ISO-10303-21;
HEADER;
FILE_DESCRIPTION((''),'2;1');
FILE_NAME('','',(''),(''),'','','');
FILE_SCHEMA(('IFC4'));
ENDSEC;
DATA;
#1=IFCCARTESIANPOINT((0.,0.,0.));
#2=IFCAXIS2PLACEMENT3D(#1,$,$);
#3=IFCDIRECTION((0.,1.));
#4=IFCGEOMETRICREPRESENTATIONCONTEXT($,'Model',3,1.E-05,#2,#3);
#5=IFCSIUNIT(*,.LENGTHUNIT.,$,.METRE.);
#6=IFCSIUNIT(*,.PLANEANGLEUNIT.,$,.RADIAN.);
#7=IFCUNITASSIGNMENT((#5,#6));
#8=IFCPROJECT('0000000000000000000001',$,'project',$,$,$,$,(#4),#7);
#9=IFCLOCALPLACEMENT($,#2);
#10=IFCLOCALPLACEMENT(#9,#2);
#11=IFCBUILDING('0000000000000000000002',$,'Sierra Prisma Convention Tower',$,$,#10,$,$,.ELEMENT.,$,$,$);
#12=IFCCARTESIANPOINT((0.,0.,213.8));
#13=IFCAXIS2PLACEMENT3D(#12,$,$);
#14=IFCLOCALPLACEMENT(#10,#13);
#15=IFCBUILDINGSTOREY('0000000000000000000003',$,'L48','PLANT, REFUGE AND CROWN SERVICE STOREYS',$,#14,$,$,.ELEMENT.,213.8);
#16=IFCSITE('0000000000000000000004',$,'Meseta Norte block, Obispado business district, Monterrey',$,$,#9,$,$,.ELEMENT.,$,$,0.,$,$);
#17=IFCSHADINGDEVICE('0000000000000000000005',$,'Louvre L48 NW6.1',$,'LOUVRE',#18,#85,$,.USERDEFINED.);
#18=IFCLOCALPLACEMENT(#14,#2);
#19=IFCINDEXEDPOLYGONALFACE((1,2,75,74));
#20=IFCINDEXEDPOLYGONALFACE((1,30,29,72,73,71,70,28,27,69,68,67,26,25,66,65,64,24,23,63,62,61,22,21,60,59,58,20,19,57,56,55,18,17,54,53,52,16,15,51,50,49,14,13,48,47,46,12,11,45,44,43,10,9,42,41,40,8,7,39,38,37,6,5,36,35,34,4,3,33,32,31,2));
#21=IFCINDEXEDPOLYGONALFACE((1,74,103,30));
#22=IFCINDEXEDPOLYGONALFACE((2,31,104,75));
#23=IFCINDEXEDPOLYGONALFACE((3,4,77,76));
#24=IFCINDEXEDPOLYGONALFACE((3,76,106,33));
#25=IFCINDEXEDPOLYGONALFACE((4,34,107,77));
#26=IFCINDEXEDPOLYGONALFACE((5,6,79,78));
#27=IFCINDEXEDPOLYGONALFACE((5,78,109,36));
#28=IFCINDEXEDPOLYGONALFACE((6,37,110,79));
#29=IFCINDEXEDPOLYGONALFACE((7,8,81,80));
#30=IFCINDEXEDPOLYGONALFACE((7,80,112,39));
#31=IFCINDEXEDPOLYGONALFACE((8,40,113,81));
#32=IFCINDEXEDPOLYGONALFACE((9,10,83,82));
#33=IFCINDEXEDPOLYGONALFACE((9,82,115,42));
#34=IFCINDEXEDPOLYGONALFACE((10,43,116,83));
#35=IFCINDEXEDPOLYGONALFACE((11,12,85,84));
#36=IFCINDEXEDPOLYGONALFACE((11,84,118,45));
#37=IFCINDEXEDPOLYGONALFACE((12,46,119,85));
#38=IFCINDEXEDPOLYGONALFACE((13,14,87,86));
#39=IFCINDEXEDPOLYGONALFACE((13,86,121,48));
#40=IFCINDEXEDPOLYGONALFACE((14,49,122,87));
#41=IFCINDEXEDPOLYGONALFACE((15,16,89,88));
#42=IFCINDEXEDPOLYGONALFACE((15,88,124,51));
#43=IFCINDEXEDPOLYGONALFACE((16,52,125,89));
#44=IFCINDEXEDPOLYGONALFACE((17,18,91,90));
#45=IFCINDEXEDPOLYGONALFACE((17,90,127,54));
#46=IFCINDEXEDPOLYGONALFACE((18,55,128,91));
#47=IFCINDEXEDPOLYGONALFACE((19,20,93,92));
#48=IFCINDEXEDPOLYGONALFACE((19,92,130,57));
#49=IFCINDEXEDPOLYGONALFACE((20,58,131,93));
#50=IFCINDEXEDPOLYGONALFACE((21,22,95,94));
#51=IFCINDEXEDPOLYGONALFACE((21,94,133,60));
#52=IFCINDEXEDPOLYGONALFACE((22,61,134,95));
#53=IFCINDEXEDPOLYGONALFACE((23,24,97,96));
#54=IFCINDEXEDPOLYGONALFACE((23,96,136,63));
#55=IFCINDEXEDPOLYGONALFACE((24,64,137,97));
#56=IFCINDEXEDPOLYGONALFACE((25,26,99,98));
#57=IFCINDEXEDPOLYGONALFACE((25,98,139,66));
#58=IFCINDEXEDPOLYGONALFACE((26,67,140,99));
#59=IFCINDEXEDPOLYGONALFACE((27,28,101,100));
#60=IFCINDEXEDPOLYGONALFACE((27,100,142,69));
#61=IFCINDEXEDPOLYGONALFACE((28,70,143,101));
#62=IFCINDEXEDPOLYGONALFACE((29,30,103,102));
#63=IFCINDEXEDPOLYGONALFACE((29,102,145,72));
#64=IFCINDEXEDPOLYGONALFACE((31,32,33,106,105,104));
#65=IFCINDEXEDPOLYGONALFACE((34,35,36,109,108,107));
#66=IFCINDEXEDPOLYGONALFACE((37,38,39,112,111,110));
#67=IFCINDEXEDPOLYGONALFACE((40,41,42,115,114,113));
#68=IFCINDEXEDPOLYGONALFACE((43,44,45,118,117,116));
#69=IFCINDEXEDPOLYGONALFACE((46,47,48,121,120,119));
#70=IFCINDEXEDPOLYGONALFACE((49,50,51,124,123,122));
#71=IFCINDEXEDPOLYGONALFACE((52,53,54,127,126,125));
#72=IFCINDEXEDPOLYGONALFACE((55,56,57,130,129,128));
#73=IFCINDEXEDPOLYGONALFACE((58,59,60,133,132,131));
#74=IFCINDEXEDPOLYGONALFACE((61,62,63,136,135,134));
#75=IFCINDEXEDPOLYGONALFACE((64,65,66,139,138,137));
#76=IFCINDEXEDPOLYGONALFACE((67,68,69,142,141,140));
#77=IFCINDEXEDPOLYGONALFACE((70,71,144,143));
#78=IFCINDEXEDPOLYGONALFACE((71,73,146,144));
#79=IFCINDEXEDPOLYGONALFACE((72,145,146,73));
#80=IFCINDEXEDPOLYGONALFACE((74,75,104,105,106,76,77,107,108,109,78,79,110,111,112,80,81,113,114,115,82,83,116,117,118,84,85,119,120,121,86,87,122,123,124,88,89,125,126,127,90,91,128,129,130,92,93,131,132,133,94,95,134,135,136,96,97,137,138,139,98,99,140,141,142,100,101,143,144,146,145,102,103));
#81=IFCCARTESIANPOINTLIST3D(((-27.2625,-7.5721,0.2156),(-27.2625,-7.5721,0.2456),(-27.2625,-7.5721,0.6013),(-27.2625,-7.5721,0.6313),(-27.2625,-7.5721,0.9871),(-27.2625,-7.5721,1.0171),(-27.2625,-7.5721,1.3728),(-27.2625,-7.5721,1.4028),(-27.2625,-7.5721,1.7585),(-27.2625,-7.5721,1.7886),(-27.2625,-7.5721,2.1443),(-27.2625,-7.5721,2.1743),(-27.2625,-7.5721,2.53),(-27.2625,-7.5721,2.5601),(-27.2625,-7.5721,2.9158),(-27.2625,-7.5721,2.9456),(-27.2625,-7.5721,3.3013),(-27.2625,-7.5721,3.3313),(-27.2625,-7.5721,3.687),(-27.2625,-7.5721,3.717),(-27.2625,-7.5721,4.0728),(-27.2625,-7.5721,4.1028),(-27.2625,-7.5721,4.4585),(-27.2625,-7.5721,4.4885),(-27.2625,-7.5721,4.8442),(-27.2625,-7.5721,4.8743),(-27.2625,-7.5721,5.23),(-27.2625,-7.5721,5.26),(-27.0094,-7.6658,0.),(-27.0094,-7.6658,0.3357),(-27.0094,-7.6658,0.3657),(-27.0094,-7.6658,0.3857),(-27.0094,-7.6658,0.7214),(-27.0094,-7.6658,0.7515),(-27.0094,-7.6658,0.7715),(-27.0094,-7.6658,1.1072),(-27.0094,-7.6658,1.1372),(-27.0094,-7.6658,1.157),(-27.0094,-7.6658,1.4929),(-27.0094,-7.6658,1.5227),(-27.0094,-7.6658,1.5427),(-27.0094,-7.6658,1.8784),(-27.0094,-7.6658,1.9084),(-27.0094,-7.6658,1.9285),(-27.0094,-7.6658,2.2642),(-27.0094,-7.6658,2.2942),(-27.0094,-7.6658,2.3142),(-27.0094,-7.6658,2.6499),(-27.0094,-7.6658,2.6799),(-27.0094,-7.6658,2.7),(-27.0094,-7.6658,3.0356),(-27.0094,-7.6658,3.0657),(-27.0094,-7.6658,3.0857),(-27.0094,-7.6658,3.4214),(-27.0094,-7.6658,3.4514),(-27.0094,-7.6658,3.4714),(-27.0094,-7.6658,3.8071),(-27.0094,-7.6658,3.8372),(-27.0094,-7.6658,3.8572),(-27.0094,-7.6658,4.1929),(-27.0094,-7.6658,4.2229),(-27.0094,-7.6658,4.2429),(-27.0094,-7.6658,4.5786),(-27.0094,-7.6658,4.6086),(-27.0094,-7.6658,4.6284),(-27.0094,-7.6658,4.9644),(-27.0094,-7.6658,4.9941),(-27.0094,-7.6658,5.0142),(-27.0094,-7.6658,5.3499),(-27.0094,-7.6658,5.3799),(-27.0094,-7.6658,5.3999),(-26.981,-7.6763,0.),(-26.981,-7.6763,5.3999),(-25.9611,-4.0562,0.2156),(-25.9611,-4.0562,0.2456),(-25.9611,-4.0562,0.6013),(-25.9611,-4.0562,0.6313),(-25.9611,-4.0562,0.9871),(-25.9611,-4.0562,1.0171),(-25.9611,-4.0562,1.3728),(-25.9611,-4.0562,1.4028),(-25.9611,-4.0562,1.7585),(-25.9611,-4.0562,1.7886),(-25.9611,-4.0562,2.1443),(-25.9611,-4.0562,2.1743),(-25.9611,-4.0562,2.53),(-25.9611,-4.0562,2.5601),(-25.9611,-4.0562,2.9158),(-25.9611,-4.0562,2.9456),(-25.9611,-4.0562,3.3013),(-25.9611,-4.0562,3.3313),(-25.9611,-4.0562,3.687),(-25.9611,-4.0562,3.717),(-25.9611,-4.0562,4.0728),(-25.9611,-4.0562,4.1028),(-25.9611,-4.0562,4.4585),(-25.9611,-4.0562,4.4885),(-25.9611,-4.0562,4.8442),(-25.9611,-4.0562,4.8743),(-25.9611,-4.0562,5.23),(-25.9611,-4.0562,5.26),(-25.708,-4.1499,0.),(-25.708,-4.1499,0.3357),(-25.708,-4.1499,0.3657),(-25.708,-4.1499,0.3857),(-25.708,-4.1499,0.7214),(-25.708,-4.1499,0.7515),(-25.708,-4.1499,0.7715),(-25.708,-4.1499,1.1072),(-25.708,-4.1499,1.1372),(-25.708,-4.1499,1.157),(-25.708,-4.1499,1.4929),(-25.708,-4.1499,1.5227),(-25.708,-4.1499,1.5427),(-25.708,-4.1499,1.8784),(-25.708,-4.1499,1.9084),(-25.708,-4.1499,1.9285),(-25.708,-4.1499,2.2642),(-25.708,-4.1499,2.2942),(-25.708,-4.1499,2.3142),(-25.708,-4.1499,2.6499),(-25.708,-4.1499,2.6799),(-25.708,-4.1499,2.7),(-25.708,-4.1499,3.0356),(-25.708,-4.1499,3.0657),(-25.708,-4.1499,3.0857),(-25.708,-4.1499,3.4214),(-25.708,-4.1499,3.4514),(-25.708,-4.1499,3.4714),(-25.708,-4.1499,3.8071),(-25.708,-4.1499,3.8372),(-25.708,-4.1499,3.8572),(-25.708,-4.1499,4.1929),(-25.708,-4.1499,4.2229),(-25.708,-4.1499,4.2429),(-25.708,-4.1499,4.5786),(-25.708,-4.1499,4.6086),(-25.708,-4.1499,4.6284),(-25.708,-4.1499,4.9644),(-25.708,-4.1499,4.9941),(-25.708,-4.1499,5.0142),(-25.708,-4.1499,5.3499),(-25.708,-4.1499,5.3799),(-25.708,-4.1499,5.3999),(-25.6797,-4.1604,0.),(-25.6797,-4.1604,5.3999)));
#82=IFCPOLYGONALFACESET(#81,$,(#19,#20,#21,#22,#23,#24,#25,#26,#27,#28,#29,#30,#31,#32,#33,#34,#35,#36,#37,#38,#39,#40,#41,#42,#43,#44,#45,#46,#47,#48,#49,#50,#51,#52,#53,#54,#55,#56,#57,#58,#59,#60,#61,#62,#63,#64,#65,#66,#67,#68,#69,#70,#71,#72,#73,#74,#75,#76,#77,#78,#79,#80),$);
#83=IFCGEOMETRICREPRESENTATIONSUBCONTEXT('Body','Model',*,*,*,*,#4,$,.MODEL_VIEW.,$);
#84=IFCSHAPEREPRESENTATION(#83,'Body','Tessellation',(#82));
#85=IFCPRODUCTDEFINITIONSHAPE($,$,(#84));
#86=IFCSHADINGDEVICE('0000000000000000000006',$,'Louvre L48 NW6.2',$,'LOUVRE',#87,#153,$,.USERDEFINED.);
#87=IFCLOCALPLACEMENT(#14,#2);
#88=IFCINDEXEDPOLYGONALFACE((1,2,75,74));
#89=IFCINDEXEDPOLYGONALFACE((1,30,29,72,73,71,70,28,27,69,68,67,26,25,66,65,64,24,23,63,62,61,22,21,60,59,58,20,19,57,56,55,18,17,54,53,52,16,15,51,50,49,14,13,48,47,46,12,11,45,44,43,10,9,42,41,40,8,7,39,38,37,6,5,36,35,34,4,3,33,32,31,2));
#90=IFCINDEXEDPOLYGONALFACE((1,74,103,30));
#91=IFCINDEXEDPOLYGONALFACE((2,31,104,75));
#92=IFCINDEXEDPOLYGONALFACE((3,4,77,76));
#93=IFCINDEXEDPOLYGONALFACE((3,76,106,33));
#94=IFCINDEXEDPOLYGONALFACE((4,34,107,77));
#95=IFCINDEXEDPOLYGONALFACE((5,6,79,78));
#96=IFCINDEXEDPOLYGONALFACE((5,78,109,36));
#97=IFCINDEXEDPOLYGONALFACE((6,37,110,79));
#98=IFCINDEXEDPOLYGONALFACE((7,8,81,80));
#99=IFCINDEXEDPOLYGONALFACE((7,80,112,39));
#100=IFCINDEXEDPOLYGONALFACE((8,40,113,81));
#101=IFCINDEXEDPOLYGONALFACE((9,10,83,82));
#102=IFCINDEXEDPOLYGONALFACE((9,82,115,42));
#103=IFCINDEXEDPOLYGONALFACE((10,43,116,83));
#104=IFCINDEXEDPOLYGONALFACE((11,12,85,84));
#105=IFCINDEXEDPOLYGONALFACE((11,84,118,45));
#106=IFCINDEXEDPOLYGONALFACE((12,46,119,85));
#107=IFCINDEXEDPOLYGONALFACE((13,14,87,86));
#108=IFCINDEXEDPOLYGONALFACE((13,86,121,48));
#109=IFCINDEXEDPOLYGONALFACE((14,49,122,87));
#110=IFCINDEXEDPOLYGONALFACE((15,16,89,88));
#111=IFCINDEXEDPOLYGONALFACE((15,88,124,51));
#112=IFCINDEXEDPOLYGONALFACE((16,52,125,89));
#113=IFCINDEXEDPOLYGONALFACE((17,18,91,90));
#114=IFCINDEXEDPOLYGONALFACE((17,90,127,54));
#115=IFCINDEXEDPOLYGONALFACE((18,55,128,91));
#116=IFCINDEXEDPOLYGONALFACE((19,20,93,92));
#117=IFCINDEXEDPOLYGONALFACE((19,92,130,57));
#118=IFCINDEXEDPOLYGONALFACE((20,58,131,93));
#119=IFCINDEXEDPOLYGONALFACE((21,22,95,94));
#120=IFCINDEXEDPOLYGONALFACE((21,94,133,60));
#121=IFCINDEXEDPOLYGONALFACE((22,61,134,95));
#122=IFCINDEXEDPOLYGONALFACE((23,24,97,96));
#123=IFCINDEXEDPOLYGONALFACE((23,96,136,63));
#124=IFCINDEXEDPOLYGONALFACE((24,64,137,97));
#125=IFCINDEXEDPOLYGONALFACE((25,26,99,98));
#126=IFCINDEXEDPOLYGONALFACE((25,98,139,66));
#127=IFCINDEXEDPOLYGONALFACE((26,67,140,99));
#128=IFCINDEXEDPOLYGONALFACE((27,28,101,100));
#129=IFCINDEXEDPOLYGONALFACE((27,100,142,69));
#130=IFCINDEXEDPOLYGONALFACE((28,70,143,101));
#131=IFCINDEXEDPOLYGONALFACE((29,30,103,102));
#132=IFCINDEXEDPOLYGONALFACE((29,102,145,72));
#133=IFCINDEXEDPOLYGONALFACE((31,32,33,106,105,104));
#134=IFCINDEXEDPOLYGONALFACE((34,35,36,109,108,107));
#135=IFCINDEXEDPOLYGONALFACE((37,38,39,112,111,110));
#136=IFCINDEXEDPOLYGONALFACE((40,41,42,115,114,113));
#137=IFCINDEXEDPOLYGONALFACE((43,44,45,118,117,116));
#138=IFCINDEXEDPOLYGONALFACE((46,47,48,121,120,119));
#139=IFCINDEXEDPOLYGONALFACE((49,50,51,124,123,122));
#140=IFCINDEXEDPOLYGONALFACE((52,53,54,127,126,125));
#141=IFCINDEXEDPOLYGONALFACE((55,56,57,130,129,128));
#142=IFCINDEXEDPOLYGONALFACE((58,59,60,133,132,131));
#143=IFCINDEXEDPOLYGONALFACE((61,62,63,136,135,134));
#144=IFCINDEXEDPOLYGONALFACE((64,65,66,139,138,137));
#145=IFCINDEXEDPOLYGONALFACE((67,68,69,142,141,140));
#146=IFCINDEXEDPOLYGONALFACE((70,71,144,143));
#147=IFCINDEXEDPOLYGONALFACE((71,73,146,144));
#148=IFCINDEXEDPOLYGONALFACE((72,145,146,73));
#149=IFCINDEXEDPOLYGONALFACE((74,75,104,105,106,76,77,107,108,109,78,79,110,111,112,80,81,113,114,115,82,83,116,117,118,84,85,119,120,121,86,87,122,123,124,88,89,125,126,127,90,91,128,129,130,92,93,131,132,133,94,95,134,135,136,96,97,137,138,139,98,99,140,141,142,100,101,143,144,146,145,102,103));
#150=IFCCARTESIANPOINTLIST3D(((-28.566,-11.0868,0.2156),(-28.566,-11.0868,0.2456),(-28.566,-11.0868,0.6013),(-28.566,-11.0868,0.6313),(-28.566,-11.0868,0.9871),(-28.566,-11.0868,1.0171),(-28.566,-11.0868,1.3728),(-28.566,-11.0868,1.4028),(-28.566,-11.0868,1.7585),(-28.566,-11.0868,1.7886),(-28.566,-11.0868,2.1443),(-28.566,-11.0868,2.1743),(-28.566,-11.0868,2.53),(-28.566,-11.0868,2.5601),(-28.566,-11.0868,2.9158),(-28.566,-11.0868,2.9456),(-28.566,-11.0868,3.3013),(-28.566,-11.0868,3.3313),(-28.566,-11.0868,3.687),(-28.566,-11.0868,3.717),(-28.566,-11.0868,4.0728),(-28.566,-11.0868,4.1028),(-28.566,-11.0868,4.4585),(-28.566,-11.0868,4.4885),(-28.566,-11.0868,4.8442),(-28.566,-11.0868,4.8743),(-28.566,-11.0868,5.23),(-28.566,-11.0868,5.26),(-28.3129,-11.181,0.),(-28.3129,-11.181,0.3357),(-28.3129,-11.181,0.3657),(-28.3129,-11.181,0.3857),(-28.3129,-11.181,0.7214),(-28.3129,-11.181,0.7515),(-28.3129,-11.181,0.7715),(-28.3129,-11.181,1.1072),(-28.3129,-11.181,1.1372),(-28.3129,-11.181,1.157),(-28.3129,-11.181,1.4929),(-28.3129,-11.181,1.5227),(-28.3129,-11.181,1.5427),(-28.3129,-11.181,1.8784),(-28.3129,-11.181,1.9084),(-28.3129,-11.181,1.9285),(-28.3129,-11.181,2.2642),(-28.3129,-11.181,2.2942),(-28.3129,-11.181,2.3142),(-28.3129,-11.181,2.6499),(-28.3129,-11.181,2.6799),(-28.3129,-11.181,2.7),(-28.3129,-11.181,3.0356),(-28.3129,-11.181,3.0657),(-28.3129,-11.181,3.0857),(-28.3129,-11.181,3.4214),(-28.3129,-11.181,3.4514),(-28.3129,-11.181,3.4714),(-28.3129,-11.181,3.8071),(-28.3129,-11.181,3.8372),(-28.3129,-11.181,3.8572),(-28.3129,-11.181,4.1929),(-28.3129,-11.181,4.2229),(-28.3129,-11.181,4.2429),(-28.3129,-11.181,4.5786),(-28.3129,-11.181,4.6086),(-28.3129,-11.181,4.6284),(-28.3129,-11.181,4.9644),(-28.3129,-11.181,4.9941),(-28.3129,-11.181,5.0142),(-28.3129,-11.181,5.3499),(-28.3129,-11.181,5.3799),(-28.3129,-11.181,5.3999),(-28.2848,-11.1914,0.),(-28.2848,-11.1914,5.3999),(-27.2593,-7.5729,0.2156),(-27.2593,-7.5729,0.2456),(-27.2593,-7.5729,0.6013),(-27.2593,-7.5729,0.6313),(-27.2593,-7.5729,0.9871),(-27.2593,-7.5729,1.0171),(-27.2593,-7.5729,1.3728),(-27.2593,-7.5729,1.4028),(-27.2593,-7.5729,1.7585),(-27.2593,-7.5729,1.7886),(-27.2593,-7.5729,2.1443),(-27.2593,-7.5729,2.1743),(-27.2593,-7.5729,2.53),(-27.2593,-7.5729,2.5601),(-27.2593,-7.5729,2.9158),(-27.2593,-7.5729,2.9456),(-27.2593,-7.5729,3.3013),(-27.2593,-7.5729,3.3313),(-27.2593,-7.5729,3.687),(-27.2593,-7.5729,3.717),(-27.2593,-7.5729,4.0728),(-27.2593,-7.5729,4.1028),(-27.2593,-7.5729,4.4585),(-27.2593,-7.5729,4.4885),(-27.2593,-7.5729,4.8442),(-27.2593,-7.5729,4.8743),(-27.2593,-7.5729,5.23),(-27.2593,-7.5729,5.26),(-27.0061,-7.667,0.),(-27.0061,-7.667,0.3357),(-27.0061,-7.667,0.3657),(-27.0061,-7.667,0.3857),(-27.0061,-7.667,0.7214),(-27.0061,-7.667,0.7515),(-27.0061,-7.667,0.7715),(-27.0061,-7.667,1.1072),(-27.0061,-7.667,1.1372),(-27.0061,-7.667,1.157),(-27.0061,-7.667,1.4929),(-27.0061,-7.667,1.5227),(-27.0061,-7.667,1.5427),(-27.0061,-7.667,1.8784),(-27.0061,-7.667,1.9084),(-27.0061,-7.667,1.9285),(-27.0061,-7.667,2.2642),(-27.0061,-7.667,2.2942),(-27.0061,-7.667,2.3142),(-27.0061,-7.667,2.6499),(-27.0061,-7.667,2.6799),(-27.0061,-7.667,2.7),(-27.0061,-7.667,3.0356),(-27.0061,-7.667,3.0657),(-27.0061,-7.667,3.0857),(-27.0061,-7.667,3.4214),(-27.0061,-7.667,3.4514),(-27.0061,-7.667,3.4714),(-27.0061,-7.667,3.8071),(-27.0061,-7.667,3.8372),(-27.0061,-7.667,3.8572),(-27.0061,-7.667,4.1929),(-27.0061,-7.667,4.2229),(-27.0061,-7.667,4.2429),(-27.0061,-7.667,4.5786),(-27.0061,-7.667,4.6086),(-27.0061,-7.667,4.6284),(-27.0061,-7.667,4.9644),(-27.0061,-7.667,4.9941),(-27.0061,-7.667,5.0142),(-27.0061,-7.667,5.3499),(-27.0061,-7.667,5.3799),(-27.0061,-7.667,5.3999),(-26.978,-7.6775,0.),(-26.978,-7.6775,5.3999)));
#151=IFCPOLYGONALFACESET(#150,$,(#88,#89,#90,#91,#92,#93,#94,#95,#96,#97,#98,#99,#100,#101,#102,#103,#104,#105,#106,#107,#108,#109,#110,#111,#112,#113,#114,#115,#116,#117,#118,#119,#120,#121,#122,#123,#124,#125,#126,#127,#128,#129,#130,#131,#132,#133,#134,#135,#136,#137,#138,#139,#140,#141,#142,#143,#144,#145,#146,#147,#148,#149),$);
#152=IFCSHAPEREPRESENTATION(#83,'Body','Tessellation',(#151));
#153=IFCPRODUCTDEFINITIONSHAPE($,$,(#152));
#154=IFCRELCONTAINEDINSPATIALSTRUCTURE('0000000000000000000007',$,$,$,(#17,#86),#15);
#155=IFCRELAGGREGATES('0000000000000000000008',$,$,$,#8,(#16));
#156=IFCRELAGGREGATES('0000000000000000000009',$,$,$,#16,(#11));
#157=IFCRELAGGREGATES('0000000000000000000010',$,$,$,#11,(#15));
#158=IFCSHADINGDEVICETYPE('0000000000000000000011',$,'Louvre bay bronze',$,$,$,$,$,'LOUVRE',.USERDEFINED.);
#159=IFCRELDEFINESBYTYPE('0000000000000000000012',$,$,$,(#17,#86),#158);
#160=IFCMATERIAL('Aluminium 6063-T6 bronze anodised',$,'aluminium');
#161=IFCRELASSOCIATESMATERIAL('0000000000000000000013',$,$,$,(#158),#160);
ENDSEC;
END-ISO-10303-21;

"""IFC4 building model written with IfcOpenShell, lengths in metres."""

from ifc_helpers import new_model, si_unit, direction, frame, origin, place, context, subcontext, project, spatial, polyline, outline, extrude, material, type_object, element, save


model = new_model("IFC4")

# Units and contexts
model_context = context("Model", 3, precision=1e-05, world=origin(), true_north=direction((0.0, 1.0)))
body_context = subcontext(model_context, "Body", "Model", "MODEL_VIEW")
ifc_project = project(units=[si_unit("LENGTHUNIT", "METRE"), si_unit("PLANEANGLEUNIT", "RADIAN")], contexts=[model_context])

# Site, building, storey
site_placement = place(None, origin())
site = spatial("IfcSite", under=ifc_project, at=site_placement, Name="Meseta Norte block, Obispado business district, Monterrey", CompositionType="ELEMENT", RefElevation=0.0)
building_placement = place(site_placement, origin())
building = spatial("IfcBuilding", under=site, at=building_placement, Name="Sierra Prisma Convention Tower", CompositionType="ELEMENT")
storey_placement = place(building_placement, frame((0.0, 0.0, 213.8)))
storey = spatial("IfcBuildingStorey", under=building, at=storey_placement, Name="L48", Description="PLANT, REFUGE AND CROWN SERVICE STOREYS", CompositionType="ELEMENT", Elevation=213.8)

# Shading devices
ifc_material_1 = material(Name="Aluminium 6063-T6 bronze anodised", Category="aluminium")
shading_device_type = type_object("IfcShadingDeviceType", Name="Louvre bay bronze", ElementType="LOUVRE", PredefinedType="USERDEFINED", material=ifc_material_1)
shading_device_1_placement = place(storey_placement, frame((-25.6797, -4.1604, 0.0), z_axis=(0.347119, 0.937821, 0.0), x_axis=(0.0, 0.0, 1.0)))
element("IfcShadingDevice", 1, at=shading_device_1_placement, inside=storey, type_object=shading_device_type, Name="Louvre L48 NW6.1", ObjectType="LOUVRE", PredefinedType="USERDEFINED", context=body_context, shape_type="SweptSolid", body=[
    extrude(outline(polyline([(0.0, 0.0), (5.3999, 0.0), (5.3999, -0.0302), (5.3799, -0.0302), (5.26, -0.3001), (5.23, -0.3001), (5.3499, -0.0302), (5.0142, -0.0302), (4.9941, -0.0302), (4.8743, -0.3001), (4.8442, -0.3001), (4.9644, -0.0302), (4.6284, -0.0302), (4.6086, -0.0302), (4.4885, -0.3001), (4.4585, -0.3001), (4.5786, -0.0302), (4.2429, -0.0302), (4.2229, -0.0302), (4.1028, -0.3001), (4.0728, -0.3001), (4.1929, -0.0302), (3.8572, -0.0302), (3.8372, -0.0302), (3.717, -0.3001), (3.687, -0.3001), (3.8071, -0.0302), (3.4714, -0.0302), (3.4514, -0.0302), (3.3313, -0.3001), (3.3013, -0.3001), (3.4214, -0.0302), (3.0857, -0.0302), (3.0657, -0.0302), (2.9456, -0.3001), (2.9158, -0.3001), (3.0356, -0.0302), (2.7, -0.0302), (2.6799, -0.0302), (2.5601, -0.3001), (2.53, -0.3001), (2.6499, -0.0302), (2.3142, -0.0302), (2.2942, -0.0302), (2.1743, -0.3001), (2.1443, -0.3001), (2.2642, -0.0302), (1.9285, -0.0302), (1.9084, -0.0302), (1.7886, -0.3001), (1.7585, -0.3001), (1.8784, -0.0302), (1.5427, -0.0302), (1.5227, -0.0302), (1.4028, -0.3001), (1.3728, -0.3001), (1.4929, -0.0302), (1.157, -0.0302), (1.1372, -0.0302), (1.0171, -0.3001), (0.9871, -0.3001), (1.1072, -0.0302), (0.7715, -0.0302), (0.7515, -0.0302), (0.6313, -0.3001), (0.6013, -0.3001), (0.7214, -0.0302), (0.3857, -0.0302), (0.3657, -0.0302), (0.2456, -0.3001), (0.2156, -0.3001), (0.3357, -0.0302), (0.0, -0.0302), (0.0, 0.0)])), origin(), (0.0, 0.0, -1.0), 3.749),
])
shading_device_2_placement = place(storey_placement, frame((-26.978, -7.6775, 0.0), z_axis=(0.348556, 0.937288, 0.0), x_axis=(0.0, 0.0, 1.0)))
element("IfcShadingDevice", 2, at=shading_device_2_placement, inside=storey, type_object=shading_device_type, Name="Louvre L48 NW6.2", ObjectType="LOUVRE", PredefinedType="USERDEFINED", context=body_context, shape_type="SweptSolid", body=[
    extrude(outline(polyline([(0.0, 0.0), (5.3999, 0.0), (5.3999, -0.03), (5.3799, -0.03), (5.26, -0.3001), (5.23, -0.3001), (5.3499, -0.03), (5.0142, -0.03), (4.9941, -0.03), (4.8743, -0.3001), (4.8442, -0.3001), (4.9644, -0.03), (4.6284, -0.03), (4.6086, -0.03), (4.4885, -0.3001), (4.4585, -0.3001), (4.5786, -0.03), (4.2429, -0.03), (4.2229, -0.03), (4.1028, -0.3001), (4.0728, -0.3001), (4.1929, -0.03), (3.8572, -0.03), (3.8372, -0.03), (3.717, -0.3001), (3.687, -0.3001), (3.8071, -0.03), (3.4714, -0.03), (3.4514, -0.03), (3.3313, -0.3001), (3.3013, -0.3001), (3.4214, -0.03), (3.0857, -0.03), (3.0657, -0.03), (2.9456, -0.3001), (2.9158, -0.3001), (3.0356, -0.03), (2.7, -0.03), (2.6799, -0.03), (2.5601, -0.3001), (2.53, -0.3001), (2.6499, -0.03), (2.3142, -0.03), (2.2942, -0.03), (2.1743, -0.3001), (2.1443, -0.3001), (2.2642, -0.03), (1.9285, -0.03), (1.9084, -0.03), (1.7886, -0.3001), (1.7585, -0.3001), (1.8784, -0.03), (1.5427, -0.03), (1.5227, -0.03), (1.4028, -0.3001), (1.3728, -0.3001), (1.4929, -0.03), (1.157, -0.03), (1.1372, -0.03), (1.0171, -0.3001), (0.9871, -0.3001), (1.1072, -0.03), (0.7715, -0.03), (0.7515, -0.03), (0.6313, -0.3001), (0.6013, -0.3001), (0.7214, -0.03), (0.3857, -0.03), (0.3657, -0.03), (0.2456, -0.3001), (0.2156, -0.3001), (0.3357, -0.03), (0.0, -0.03), (0.0, 0.0)])), origin(), (0.0, 0.0, -1.0), 3.749),
])

save(model, "model.ifc")
